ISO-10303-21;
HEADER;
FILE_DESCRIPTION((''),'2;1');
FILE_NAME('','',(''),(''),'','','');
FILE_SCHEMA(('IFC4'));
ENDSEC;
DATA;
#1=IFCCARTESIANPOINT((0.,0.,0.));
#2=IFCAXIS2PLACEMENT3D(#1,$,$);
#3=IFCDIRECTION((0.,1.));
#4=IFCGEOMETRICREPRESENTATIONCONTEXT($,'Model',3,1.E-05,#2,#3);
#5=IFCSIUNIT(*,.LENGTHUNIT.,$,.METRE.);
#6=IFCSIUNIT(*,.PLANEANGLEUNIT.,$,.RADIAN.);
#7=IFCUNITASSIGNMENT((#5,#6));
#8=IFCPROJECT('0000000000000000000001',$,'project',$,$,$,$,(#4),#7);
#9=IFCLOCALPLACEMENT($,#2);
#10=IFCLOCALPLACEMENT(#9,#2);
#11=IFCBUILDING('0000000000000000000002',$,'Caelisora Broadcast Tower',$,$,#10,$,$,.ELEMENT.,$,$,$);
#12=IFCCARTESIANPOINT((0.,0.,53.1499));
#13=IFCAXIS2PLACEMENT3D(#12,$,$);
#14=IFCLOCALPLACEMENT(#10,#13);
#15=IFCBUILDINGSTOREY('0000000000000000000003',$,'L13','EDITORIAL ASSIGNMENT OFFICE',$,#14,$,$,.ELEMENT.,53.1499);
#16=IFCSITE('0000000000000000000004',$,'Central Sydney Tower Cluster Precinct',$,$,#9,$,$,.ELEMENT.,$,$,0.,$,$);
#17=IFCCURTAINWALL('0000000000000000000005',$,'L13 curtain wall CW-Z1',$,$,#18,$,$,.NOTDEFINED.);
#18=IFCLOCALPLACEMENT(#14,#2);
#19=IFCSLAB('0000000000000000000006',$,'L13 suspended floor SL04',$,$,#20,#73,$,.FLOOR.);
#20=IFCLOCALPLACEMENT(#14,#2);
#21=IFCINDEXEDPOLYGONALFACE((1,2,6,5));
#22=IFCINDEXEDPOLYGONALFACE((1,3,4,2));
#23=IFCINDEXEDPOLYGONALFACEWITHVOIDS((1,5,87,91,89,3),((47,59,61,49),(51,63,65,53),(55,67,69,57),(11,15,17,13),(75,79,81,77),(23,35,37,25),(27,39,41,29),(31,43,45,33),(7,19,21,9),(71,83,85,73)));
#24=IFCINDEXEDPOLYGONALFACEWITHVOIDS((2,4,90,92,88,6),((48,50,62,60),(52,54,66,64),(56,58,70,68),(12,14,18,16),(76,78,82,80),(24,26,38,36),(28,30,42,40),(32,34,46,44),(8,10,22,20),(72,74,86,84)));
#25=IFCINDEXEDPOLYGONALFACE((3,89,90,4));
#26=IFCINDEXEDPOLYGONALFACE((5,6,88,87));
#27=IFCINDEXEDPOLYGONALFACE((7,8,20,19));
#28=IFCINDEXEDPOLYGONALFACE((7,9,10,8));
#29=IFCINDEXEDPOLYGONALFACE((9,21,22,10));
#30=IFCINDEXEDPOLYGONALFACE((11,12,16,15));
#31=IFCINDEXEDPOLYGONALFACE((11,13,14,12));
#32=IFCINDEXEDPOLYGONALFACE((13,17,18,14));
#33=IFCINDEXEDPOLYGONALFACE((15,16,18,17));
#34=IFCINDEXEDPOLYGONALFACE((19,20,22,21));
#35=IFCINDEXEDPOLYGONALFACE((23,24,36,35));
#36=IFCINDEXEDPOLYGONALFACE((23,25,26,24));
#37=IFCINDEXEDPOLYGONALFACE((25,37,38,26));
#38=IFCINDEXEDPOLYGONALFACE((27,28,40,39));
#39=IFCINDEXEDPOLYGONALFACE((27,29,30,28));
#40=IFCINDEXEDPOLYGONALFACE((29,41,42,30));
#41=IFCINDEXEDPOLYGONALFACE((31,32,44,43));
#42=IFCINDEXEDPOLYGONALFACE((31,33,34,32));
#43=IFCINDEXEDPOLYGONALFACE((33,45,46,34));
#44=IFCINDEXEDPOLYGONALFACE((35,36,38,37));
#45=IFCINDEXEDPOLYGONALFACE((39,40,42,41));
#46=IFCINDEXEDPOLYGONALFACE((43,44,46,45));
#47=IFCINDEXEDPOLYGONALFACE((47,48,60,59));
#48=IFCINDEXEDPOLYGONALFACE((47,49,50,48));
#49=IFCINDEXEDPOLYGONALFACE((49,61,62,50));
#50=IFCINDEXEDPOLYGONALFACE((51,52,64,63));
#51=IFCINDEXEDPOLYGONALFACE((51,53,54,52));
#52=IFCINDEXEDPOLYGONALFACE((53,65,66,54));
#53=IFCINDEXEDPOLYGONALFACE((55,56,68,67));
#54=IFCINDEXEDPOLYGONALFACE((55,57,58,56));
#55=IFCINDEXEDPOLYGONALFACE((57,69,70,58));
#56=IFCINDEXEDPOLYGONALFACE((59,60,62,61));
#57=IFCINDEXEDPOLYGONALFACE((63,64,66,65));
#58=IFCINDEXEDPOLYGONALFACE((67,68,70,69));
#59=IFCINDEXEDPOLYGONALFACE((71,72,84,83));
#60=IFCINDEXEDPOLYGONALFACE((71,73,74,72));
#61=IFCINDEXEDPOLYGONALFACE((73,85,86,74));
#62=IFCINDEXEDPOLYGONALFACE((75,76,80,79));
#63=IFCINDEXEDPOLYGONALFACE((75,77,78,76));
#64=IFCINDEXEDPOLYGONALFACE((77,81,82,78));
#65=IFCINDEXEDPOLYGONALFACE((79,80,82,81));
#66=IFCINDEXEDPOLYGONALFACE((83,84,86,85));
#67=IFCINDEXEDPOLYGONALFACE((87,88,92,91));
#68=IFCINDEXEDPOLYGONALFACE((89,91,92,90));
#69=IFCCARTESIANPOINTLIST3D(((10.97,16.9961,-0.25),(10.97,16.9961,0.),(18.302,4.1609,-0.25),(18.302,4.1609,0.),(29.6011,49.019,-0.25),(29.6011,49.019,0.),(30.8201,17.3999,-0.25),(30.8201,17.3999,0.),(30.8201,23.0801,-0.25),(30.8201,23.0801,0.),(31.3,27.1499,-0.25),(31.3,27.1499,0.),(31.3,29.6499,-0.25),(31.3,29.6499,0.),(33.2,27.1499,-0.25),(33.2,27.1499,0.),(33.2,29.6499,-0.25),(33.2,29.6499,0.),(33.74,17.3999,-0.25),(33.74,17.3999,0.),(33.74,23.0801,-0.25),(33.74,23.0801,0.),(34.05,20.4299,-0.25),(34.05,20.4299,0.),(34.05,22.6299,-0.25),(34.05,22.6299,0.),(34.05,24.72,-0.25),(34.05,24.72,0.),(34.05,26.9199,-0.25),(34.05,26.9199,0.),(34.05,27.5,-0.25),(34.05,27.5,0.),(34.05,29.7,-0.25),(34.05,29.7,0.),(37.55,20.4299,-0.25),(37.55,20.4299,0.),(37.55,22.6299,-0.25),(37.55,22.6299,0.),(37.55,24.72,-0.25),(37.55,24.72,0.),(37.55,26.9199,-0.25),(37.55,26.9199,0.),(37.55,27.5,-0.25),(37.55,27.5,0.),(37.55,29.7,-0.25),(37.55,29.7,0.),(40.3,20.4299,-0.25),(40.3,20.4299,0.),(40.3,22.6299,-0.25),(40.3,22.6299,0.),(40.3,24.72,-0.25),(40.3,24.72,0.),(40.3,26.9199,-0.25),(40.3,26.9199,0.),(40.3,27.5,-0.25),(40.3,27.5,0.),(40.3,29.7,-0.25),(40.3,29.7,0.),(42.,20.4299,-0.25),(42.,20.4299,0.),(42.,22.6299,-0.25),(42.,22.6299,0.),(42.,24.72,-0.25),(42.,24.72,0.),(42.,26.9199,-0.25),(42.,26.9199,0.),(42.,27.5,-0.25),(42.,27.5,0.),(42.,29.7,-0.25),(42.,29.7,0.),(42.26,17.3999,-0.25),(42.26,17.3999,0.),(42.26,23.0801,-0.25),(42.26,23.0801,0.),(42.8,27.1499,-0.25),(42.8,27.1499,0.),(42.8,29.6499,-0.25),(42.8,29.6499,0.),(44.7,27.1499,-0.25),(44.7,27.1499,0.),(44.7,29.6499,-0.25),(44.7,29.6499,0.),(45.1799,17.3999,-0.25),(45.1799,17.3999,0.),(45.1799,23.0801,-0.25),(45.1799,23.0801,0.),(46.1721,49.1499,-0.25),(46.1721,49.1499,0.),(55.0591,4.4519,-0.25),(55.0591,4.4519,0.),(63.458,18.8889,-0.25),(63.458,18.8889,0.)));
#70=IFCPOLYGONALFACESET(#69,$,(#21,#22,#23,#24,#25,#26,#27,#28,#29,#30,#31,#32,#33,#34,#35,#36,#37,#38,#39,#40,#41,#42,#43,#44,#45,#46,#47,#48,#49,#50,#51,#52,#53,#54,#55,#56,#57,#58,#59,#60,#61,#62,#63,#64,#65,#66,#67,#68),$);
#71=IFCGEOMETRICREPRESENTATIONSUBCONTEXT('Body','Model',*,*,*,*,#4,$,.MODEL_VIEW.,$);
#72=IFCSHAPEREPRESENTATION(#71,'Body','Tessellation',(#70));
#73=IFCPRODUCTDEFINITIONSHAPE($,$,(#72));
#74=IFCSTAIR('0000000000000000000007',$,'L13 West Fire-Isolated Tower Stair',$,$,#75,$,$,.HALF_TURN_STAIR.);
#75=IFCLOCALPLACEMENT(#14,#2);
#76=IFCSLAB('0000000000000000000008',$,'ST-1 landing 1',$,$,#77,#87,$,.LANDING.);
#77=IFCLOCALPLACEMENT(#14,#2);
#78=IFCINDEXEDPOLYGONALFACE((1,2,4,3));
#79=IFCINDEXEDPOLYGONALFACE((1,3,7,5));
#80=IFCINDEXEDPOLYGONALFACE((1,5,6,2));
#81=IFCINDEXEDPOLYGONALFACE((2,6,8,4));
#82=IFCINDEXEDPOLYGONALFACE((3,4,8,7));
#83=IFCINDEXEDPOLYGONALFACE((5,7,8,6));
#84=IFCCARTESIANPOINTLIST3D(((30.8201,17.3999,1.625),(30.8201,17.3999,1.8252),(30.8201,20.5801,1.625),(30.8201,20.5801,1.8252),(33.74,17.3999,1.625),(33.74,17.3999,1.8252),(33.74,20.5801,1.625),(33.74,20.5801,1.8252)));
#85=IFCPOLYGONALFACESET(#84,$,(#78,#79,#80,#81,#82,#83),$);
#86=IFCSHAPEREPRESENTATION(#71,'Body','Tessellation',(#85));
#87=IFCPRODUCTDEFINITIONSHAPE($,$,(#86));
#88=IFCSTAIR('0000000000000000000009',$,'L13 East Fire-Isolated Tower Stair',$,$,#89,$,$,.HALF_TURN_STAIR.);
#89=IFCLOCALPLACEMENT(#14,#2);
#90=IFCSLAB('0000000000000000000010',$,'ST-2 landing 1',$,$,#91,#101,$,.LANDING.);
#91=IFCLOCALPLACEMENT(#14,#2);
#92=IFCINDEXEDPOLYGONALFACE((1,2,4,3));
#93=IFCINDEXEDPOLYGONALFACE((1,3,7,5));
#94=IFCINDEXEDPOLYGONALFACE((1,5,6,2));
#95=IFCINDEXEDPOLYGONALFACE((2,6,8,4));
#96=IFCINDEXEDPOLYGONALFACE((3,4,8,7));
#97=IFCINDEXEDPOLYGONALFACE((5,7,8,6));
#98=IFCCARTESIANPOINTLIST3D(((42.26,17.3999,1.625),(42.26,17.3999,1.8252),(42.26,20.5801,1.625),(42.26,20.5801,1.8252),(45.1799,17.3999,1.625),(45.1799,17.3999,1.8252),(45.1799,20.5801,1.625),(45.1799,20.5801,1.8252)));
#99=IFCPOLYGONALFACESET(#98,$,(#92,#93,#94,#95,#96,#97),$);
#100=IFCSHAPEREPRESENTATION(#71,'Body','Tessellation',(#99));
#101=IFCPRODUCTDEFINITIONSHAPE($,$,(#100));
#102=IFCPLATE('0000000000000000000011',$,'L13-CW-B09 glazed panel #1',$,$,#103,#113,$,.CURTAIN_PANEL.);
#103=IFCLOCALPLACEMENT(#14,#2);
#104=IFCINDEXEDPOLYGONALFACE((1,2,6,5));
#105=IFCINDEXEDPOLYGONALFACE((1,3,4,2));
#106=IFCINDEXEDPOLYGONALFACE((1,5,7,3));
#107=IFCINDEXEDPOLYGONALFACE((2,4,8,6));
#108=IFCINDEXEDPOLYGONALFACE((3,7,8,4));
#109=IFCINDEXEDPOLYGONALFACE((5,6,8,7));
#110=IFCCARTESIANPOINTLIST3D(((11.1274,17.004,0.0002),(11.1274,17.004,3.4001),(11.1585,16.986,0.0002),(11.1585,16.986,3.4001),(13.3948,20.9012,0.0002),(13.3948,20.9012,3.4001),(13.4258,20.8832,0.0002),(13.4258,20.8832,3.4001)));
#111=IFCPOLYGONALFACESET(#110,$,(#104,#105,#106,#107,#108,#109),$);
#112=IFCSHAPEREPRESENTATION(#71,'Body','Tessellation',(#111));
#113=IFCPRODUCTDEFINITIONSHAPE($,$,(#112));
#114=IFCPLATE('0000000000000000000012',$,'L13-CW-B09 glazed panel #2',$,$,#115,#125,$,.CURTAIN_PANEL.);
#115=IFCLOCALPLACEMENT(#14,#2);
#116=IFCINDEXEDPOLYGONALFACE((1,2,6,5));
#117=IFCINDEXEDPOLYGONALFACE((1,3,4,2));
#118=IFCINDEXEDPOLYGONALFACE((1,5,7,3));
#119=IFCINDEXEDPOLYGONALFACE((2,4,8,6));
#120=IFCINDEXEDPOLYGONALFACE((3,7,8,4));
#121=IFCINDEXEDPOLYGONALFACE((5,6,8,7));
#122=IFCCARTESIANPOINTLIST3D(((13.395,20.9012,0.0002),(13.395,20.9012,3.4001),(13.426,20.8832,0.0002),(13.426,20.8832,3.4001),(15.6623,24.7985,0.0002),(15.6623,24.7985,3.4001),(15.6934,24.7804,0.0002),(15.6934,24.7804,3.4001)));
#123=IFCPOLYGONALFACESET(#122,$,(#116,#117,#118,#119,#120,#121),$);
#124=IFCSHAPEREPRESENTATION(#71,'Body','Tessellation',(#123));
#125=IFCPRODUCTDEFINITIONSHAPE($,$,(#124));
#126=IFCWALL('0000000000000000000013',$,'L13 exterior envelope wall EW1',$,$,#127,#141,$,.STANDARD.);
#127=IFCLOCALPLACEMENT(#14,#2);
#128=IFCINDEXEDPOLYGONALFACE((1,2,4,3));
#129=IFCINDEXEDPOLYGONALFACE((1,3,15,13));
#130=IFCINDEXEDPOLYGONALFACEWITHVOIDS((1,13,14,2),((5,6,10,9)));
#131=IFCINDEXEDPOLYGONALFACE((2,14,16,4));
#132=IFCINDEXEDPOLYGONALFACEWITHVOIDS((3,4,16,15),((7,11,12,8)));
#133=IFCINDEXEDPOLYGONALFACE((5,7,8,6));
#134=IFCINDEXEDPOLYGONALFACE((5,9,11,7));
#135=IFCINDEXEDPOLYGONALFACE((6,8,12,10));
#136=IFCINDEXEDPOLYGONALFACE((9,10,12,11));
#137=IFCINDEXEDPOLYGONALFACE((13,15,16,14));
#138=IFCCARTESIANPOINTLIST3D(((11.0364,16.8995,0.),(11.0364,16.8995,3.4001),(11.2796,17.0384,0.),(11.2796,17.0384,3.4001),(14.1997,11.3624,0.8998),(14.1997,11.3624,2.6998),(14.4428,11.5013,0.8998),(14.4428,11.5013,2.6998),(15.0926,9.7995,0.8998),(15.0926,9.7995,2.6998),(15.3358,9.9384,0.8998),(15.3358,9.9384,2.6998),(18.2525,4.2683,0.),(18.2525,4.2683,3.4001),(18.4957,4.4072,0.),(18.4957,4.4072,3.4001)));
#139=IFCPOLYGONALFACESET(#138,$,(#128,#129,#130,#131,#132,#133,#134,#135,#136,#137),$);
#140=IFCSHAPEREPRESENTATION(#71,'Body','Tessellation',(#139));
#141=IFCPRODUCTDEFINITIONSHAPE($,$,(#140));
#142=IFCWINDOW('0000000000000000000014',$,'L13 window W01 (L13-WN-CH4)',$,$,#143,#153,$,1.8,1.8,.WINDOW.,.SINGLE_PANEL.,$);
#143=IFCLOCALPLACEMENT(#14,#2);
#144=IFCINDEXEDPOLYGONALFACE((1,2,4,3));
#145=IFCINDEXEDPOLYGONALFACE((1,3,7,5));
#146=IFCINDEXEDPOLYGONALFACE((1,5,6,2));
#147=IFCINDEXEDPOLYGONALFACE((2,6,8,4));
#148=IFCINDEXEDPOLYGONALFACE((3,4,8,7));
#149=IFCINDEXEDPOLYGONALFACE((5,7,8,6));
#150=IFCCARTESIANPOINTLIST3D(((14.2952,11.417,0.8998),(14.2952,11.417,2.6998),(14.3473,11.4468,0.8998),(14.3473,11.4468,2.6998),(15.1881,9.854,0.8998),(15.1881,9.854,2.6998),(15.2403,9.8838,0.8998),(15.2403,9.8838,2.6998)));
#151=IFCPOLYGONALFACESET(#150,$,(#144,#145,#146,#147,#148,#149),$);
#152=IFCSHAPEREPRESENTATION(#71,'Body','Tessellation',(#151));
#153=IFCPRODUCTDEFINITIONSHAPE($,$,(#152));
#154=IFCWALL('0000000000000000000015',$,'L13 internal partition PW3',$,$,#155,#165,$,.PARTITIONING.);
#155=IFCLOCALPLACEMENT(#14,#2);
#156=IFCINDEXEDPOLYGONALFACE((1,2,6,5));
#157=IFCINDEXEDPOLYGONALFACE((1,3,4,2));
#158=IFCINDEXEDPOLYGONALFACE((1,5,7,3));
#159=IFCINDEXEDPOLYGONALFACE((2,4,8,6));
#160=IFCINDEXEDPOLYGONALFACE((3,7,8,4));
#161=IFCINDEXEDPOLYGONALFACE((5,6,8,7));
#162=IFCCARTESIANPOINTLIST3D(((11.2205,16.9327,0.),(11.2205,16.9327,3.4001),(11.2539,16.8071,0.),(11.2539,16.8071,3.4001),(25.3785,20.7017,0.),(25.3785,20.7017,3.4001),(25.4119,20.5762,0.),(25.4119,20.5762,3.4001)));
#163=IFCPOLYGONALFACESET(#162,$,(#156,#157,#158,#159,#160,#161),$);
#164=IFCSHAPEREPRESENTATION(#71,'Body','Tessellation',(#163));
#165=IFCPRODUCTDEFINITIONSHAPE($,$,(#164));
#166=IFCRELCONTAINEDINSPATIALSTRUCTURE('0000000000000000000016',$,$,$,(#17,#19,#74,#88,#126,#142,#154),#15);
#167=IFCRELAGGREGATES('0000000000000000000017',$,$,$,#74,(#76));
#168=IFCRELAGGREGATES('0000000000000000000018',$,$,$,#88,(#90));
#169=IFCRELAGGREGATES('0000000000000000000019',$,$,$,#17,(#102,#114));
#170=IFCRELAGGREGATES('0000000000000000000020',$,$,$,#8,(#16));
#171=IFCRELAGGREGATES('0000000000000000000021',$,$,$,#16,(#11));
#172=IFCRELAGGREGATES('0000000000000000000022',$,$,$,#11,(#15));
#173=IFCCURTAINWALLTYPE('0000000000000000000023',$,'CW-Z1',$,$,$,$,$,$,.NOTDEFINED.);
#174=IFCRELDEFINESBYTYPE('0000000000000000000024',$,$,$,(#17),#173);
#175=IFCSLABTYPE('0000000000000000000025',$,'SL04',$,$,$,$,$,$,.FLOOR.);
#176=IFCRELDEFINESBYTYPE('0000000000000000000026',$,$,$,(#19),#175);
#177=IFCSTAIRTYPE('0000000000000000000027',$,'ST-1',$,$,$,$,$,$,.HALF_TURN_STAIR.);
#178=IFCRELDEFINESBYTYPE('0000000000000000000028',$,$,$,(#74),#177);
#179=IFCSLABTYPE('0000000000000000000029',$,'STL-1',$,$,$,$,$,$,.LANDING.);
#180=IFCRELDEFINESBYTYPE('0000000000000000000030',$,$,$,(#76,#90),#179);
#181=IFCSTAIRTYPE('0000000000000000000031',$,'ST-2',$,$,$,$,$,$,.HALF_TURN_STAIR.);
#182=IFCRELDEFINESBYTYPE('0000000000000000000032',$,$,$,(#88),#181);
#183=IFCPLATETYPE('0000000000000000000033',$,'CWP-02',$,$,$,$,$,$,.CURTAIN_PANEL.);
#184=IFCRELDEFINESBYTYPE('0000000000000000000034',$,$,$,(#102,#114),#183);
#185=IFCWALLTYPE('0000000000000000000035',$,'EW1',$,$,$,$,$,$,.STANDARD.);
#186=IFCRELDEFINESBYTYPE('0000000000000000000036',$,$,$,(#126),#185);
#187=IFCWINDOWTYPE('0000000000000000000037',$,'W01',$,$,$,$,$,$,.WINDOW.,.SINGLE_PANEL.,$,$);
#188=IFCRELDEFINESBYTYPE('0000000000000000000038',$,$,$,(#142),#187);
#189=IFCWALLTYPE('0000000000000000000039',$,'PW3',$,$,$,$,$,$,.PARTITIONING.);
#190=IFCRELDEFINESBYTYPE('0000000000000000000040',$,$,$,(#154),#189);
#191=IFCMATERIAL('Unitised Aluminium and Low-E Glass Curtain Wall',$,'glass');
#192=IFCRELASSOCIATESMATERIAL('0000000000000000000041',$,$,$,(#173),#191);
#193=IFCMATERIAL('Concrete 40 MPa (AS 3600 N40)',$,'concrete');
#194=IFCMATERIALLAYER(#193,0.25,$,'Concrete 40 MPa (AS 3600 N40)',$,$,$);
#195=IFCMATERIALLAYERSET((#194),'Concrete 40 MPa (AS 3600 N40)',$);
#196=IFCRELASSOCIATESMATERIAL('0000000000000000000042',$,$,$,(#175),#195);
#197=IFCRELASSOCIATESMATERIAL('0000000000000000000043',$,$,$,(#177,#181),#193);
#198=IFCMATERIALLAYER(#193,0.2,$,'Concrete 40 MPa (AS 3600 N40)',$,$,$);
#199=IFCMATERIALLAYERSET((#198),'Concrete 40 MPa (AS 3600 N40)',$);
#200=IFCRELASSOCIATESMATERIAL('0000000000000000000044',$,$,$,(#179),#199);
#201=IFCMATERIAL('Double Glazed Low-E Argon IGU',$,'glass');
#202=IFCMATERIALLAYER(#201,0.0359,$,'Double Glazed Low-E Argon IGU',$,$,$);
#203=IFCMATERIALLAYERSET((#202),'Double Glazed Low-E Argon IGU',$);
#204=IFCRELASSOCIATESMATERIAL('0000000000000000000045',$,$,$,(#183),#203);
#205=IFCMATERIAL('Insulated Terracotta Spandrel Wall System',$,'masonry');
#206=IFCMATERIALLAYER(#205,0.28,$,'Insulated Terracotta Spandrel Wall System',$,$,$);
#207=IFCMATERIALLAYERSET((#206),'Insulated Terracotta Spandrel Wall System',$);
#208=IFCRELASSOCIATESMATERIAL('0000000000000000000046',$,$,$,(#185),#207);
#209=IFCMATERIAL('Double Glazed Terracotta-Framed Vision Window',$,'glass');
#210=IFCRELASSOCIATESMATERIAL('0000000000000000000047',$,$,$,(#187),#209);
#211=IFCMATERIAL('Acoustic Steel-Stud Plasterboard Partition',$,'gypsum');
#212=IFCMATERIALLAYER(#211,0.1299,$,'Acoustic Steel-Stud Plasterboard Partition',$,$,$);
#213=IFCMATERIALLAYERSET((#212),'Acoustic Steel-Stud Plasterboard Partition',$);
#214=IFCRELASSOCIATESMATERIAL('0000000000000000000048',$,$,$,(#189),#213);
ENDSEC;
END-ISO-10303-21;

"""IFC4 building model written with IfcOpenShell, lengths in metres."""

from ifc_helpers import new_model, si_unit, direction, frame, frame_2d, origin, origin_2d, place, context, subcontext, project, spatial, polyline, rectangle, outline, extrude, source, transform, mapped, material, layer, layer_set, type_object, type_shapes, element, fill, aggregate, save


model = new_model("IFC4")

# Units and contexts
model_context = context("Model", 3, precision=1e-05, world=origin(), true_north=direction((0.0, 1.0)))
body_context = subcontext(model_context, "Body", "Model", "MODEL_VIEW")
ifc_project = project(units=[si_unit("LENGTHUNIT", "METRE"), si_unit("PLANEANGLEUNIT", "RADIAN")], contexts=[model_context])

# Site, building, storey
site_placement = place(None, origin())
site = spatial("IfcSite", under=ifc_project, at=site_placement, Name="Central Sydney Tower Cluster Precinct", CompositionType="ELEMENT", RefElevation=0.0)
building_placement = place(site_placement, origin())
building = spatial("IfcBuilding", under=site, at=building_placement, Name="Caelisora Broadcast Tower", CompositionType="ELEMENT")
storey_placement = place(building_placement, frame((0.0, 0.0, 53.1499)))
storey = spatial("IfcBuildingStorey", under=building, at=storey_placement, Name="L13", Description="EDITORIAL ASSIGNMENT OFFICE", CompositionType="ELEMENT", Elevation=53.1499)

# Curtain wall
ifc_material_1 = material(Name="Unitised Aluminium and Low-E Glass Curtain Wall", Category="glass")
curtain_wall_type = type_object("IfcCurtainWallType", Name="CW-Z1", PredefinedType="NOTDEFINED", material=ifc_material_1)
curtain_wall_placement = place(storey_placement, origin())
curtain_wall = element("IfcCurtainWall", 1, at=curtain_wall_placement, inside=storey, type_object=curtain_wall_type, Name="L13 curtain wall CW-Z1", PredefinedType="NOTDEFINED")

# Slab
ifc_material_2 = material(Name="Concrete 40 MPa (AS 3600 N40)", Category="concrete")
ifc_layer_1 = layer(ifc_material_2, 0.25, Name="Concrete 40 MPa (AS 3600 N40)")
ifc_layer_set_1 = layer_set([ifc_layer_1], Name="Concrete 40 MPa (AS 3600 N40)")
slab_type_1 = type_object("IfcSlabType", Name="SL04", PredefinedType="FLOOR", material=ifc_layer_set_1)
slab_1_placement = place(storey_placement, frame((0.0, 0.0, -0.25)))
element("IfcSlab", 2, at=slab_1_placement, inside=storey, type_object=slab_type_1, Name="L13 suspended floor SL04", PredefinedType="FLOOR", context=body_context, shape_type="SweptSolid", body=[
    extrude(outline(polyline([(46.1721, 49.1499), (29.6011, 49.019), (10.97, 16.9961), (18.302, 4.1609), (55.0591, 4.4519), (63.458, 18.8889), (46.1721, 49.1499)]), holes=[polyline([(30.8201, 17.3999), (33.74, 17.3999), (33.74, 23.0801), (30.8201, 23.0801), (30.8201, 17.3999)]), polyline([(42.26, 17.3999), (45.1799, 17.3999), (45.1799, 23.0801), (42.26, 23.0801), (42.26, 17.3999)]), polyline([(42.8, 27.1499), (44.7, 27.1499), (44.7, 29.6499), (42.8, 29.6499), (42.8, 27.1499)]), polyline([(40.3, 20.4299), (42.0, 20.4299), (42.0, 22.6299), (40.3, 22.6299), (40.3, 20.4299)]), polyline([(40.3, 24.72), (42.0, 24.72), (42.0, 26.9199), (40.3, 26.9199), (40.3, 24.72)]), polyline([(40.3, 27.5), (42.0, 27.5), (42.0, 29.7), (40.3, 29.7), (40.3, 27.5)]), polyline([(34.05, 20.4299), (37.55, 20.4299), (37.55, 22.6299), (34.05, 22.6299), (34.05, 20.4299)]), polyline([(34.05, 24.72), (37.55, 24.72), (37.55, 26.9199), (34.05, 26.9199), (34.05, 24.72)]), polyline([(34.05, 27.5), (37.55, 27.5), (37.55, 29.7), (34.05, 29.7), (34.05, 27.5)]), polyline([(31.3, 27.1499), (33.2, 27.1499), (33.2, 29.6499), (31.3, 29.6499), (31.3, 27.1499)])]), origin(), (0.0, 0.0, 1.0), 0.25),
])

# Stairs, slabs
stair_type_1 = type_object("IfcStairType", Name="ST-1", PredefinedType="HALF_TURN_STAIR", material=ifc_material_2)
stair_1_placement = place(storey_placement, origin())
stair_1 = element("IfcStair", 3, at=stair_1_placement, inside=storey, type_object=stair_type_1, Name="L13 West Fire-Isolated Tower Stair", PredefinedType="HALF_TURN_STAIR")
ifc_layer_2 = layer(ifc_material_2, 0.2, Name="Concrete 40 MPa (AS 3600 N40)")
ifc_layer_set_2 = layer_set([ifc_layer_2], Name="Concrete 40 MPa (AS 3600 N40)")
slab_type_2 = type_object("IfcSlabType", Name="STL-1", PredefinedType="LANDING", material=ifc_layer_set_2)
slab_2_placement = place(storey_placement, frame((0.0, 0.0, 1.625)))
slab_2 = element("IfcSlab", 4, at=slab_2_placement, type_object=slab_type_2, Name="ST-1 landing 1", PredefinedType="LANDING", context=body_context, shape_type="SweptSolid", body=[
    extrude(outline(polyline([(30.8201, 20.5801), (30.8201, 17.3999), (33.74, 17.3999), (33.74, 20.5801), (30.8201, 20.5801)])), origin(), (0.0, 0.0, 1.0), 0.2002),
])
aggregate(stair_1, [slab_2])
stair_type_2 = type_object("IfcStairType", Name="ST-2", PredefinedType="HALF_TURN_STAIR", material=ifc_material_2)
stair_2_placement = place(storey_placement, origin())
stair_2 = element("IfcStair", 5, at=stair_2_placement, inside=storey, type_object=stair_type_2, Name="L13 East Fire-Isolated Tower Stair", PredefinedType="HALF_TURN_STAIR")
slab_3_placement = place(storey_placement, frame((0.0, 0.0, 1.625)))
slab_3 = element("IfcSlab", 6, at=slab_3_placement, type_object=slab_type_2, Name="ST-2 landing 1", PredefinedType="LANDING", context=body_context, shape_type="SweptSolid", body=[
    extrude(outline(polyline([(42.26, 20.5801), (42.26, 17.3999), (45.1799, 17.3999), (45.1799, 20.5801), (42.26, 20.5801)])), origin(), (0.0, 0.0, 1.0), 0.2002),
])
aggregate(stair_2, [slab_3])

# Plates
ifc_material_3 = material(Name="Double Glazed Low-E Argon IGU", Category="glass")
ifc_layer_3 = layer(ifc_material_3, 0.0359, Name="Double Glazed Low-E Argon IGU")
ifc_layer_set_3 = layer_set([ifc_layer_3], Name="Double Glazed Low-E Argon IGU")
plate_type = type_object("IfcPlateType", Name="CWP-02", PredefinedType="CURTAIN_PANEL", material=ifc_layer_set_3)
shared_shape_1 = source(origin(), body_context, "Body", "SweptSolid", [
    extrude(rectangle(XDim=4.5088, YDim=0.0359, at=origin_2d()), origin(), (0.0, 0.0, 1.0), 3.3999),
])
type_shapes(plate_type, [shared_shape_1])
plate_1_placement = place(storey_placement, frame((12.2766, 18.9436, 0.0002), z_axis=(0.0, 0.0, 1.0), x_axis=(0.502869, 0.864363, 0.0)))
plate_1 = element("IfcPlate", 7, at=plate_1_placement, type_object=plate_type, Name="L13-CW-B09 glazed panel #1", PredefinedType="CURTAIN_PANEL", context=body_context, shape_type="MappedRepresentation", body=[
    mapped(shared_shape_1, transform((0.0, 0.0, 0.0), scale=1.0)),
])
plate_2_placement = place(storey_placement, frame((14.5442, 22.8408, 0.0002), z_axis=(0.0, 0.0, 1.0), x_axis=(0.502869, 0.864363, 0.0)))
plate_2 = element("IfcPlate", 8, at=plate_2_placement, type_object=plate_type, Name="L13-CW-B09 glazed panel #2", PredefinedType="CURTAIN_PANEL", context=body_context, shape_type="MappedRepresentation", body=[
    mapped(shared_shape_1, transform((0.0, 0.0, 0.0), scale=1.0)),
])
aggregate(curtain_wall, [plate_1, plate_2])

# Wall, opening, window
ifc_material_4 = material(Name="Insulated Terracotta Spandrel Wall System", Category="masonry")
ifc_layer_4 = layer(ifc_material_4, 0.28, Name="Insulated Terracotta Spandrel Wall System")
ifc_layer_set_4 = layer_set([ifc_layer_4], Name="Insulated Terracotta Spandrel Wall System")
wall_type_1 = type_object("IfcWallType", Name="EW1", PredefinedType="STANDARD", material=ifc_layer_set_4)
wall_1_placement = place(storey_placement, frame((18.374, 4.3379, 0.0), z_axis=(0.0, 0.0, 1.0), x_axis=(-0.49605, 0.868294, 0.0)))
wall_1 = element("IfcWall", 9, at=wall_1_placement, inside=storey, type_object=wall_type_1, Name="L13 exterior envelope wall EW1", PredefinedType="STANDARD", context=body_context, shape_type="SweptSolid", body=[
    extrude(rectangle(XDim=14.5471, YDim=0.28, at=frame_2d((7.2734, 0.0))), origin(), (0.0, 0.0, 1.0), 3.4001),
])
opening_1_placement = place(wall_1_placement, frame((6.3701, 0.0, 0.8999)))
opening_1 = element("IfcOpeningElement", 10, at=opening_1_placement, cuts=wall_1, PredefinedType="OPENING", context=body_context, shape_type="SweptSolid", body=[
    extrude(rectangle(XDim=1.8, YDim=1.8, at=frame_2d((0.8999, 0.8999))), frame((0.0, 0.1521, 0.0), z_axis=(0.0, -1.0, 0.0), x_axis=(1.0, 0.0, 0.0)), (0.0, 0.0, 1.0), 0.304),
])
ifc_material_5 = material(Name="Double Glazed Terracotta-Framed Vision Window", Category="glass")
window_type = type_object("IfcWindowType", Name="W01", PartitioningType="SINGLE_PANEL", PredefinedType="WINDOW", material=ifc_material_5)
window_placement = place(opening_1_placement, origin())
window = element("IfcWindow", 11, at=window_placement, inside=storey, type_object=window_type, Name="L13 window W01 (L13-WN-CH4)", OverallHeight=1.8, OverallWidth=1.8, PartitioningType="SINGLE_PANEL", PredefinedType="WINDOW", context=body_context, shape_type="SweptSolid", body=[
    extrude(rectangle(XDim=1.8, YDim=1.8, at=frame_2d((0.8999, 0.8999))), frame((0.0, 0.03, 0.0), z_axis=(0.0, -1.0, 0.0), x_axis=(1.0, 0.0, 0.0)), (0.0, 0.0, 1.0), 0.0601),
])
fill(opening_1, window)

# Wall
ifc_material_6 = material(Name="Acoustic Steel-Stud Plasterboard Partition", Category="gypsum")
ifc_layer_5 = layer(ifc_material_6, 0.1299, Name="Acoustic Steel-Stud Plasterboard Partition")
ifc_layer_set_5 = layer_set([ifc_layer_5], Name="Acoustic Steel-Stud Plasterboard Partition")
wall_type_2 = type_object("IfcWallType", Name="PW3", PredefinedType="PARTITIONING", material=ifc_layer_set_5)
wall_2_placement = place(storey_placement, frame((11.2371, 16.8699, 0.0), z_axis=(0.0, 0.0, 1.0), x_axis=(0.966344, 0.257254, 0.0)))
element("IfcWall", 12, at=wall_2_placement, inside=storey, type_object=wall_type_2, Name="L13 internal partition PW3", PredefinedType="PARTITIONING", context=body_context, shape_type="SweptSolid", body=[
    extrude(rectangle(XDim=14.6511, YDim=0.1299, at=frame_2d((7.3257, 0.0))), origin(), (0.0, 0.0, 1.0), 3.4001),
])

save(model, "model.ifc")
